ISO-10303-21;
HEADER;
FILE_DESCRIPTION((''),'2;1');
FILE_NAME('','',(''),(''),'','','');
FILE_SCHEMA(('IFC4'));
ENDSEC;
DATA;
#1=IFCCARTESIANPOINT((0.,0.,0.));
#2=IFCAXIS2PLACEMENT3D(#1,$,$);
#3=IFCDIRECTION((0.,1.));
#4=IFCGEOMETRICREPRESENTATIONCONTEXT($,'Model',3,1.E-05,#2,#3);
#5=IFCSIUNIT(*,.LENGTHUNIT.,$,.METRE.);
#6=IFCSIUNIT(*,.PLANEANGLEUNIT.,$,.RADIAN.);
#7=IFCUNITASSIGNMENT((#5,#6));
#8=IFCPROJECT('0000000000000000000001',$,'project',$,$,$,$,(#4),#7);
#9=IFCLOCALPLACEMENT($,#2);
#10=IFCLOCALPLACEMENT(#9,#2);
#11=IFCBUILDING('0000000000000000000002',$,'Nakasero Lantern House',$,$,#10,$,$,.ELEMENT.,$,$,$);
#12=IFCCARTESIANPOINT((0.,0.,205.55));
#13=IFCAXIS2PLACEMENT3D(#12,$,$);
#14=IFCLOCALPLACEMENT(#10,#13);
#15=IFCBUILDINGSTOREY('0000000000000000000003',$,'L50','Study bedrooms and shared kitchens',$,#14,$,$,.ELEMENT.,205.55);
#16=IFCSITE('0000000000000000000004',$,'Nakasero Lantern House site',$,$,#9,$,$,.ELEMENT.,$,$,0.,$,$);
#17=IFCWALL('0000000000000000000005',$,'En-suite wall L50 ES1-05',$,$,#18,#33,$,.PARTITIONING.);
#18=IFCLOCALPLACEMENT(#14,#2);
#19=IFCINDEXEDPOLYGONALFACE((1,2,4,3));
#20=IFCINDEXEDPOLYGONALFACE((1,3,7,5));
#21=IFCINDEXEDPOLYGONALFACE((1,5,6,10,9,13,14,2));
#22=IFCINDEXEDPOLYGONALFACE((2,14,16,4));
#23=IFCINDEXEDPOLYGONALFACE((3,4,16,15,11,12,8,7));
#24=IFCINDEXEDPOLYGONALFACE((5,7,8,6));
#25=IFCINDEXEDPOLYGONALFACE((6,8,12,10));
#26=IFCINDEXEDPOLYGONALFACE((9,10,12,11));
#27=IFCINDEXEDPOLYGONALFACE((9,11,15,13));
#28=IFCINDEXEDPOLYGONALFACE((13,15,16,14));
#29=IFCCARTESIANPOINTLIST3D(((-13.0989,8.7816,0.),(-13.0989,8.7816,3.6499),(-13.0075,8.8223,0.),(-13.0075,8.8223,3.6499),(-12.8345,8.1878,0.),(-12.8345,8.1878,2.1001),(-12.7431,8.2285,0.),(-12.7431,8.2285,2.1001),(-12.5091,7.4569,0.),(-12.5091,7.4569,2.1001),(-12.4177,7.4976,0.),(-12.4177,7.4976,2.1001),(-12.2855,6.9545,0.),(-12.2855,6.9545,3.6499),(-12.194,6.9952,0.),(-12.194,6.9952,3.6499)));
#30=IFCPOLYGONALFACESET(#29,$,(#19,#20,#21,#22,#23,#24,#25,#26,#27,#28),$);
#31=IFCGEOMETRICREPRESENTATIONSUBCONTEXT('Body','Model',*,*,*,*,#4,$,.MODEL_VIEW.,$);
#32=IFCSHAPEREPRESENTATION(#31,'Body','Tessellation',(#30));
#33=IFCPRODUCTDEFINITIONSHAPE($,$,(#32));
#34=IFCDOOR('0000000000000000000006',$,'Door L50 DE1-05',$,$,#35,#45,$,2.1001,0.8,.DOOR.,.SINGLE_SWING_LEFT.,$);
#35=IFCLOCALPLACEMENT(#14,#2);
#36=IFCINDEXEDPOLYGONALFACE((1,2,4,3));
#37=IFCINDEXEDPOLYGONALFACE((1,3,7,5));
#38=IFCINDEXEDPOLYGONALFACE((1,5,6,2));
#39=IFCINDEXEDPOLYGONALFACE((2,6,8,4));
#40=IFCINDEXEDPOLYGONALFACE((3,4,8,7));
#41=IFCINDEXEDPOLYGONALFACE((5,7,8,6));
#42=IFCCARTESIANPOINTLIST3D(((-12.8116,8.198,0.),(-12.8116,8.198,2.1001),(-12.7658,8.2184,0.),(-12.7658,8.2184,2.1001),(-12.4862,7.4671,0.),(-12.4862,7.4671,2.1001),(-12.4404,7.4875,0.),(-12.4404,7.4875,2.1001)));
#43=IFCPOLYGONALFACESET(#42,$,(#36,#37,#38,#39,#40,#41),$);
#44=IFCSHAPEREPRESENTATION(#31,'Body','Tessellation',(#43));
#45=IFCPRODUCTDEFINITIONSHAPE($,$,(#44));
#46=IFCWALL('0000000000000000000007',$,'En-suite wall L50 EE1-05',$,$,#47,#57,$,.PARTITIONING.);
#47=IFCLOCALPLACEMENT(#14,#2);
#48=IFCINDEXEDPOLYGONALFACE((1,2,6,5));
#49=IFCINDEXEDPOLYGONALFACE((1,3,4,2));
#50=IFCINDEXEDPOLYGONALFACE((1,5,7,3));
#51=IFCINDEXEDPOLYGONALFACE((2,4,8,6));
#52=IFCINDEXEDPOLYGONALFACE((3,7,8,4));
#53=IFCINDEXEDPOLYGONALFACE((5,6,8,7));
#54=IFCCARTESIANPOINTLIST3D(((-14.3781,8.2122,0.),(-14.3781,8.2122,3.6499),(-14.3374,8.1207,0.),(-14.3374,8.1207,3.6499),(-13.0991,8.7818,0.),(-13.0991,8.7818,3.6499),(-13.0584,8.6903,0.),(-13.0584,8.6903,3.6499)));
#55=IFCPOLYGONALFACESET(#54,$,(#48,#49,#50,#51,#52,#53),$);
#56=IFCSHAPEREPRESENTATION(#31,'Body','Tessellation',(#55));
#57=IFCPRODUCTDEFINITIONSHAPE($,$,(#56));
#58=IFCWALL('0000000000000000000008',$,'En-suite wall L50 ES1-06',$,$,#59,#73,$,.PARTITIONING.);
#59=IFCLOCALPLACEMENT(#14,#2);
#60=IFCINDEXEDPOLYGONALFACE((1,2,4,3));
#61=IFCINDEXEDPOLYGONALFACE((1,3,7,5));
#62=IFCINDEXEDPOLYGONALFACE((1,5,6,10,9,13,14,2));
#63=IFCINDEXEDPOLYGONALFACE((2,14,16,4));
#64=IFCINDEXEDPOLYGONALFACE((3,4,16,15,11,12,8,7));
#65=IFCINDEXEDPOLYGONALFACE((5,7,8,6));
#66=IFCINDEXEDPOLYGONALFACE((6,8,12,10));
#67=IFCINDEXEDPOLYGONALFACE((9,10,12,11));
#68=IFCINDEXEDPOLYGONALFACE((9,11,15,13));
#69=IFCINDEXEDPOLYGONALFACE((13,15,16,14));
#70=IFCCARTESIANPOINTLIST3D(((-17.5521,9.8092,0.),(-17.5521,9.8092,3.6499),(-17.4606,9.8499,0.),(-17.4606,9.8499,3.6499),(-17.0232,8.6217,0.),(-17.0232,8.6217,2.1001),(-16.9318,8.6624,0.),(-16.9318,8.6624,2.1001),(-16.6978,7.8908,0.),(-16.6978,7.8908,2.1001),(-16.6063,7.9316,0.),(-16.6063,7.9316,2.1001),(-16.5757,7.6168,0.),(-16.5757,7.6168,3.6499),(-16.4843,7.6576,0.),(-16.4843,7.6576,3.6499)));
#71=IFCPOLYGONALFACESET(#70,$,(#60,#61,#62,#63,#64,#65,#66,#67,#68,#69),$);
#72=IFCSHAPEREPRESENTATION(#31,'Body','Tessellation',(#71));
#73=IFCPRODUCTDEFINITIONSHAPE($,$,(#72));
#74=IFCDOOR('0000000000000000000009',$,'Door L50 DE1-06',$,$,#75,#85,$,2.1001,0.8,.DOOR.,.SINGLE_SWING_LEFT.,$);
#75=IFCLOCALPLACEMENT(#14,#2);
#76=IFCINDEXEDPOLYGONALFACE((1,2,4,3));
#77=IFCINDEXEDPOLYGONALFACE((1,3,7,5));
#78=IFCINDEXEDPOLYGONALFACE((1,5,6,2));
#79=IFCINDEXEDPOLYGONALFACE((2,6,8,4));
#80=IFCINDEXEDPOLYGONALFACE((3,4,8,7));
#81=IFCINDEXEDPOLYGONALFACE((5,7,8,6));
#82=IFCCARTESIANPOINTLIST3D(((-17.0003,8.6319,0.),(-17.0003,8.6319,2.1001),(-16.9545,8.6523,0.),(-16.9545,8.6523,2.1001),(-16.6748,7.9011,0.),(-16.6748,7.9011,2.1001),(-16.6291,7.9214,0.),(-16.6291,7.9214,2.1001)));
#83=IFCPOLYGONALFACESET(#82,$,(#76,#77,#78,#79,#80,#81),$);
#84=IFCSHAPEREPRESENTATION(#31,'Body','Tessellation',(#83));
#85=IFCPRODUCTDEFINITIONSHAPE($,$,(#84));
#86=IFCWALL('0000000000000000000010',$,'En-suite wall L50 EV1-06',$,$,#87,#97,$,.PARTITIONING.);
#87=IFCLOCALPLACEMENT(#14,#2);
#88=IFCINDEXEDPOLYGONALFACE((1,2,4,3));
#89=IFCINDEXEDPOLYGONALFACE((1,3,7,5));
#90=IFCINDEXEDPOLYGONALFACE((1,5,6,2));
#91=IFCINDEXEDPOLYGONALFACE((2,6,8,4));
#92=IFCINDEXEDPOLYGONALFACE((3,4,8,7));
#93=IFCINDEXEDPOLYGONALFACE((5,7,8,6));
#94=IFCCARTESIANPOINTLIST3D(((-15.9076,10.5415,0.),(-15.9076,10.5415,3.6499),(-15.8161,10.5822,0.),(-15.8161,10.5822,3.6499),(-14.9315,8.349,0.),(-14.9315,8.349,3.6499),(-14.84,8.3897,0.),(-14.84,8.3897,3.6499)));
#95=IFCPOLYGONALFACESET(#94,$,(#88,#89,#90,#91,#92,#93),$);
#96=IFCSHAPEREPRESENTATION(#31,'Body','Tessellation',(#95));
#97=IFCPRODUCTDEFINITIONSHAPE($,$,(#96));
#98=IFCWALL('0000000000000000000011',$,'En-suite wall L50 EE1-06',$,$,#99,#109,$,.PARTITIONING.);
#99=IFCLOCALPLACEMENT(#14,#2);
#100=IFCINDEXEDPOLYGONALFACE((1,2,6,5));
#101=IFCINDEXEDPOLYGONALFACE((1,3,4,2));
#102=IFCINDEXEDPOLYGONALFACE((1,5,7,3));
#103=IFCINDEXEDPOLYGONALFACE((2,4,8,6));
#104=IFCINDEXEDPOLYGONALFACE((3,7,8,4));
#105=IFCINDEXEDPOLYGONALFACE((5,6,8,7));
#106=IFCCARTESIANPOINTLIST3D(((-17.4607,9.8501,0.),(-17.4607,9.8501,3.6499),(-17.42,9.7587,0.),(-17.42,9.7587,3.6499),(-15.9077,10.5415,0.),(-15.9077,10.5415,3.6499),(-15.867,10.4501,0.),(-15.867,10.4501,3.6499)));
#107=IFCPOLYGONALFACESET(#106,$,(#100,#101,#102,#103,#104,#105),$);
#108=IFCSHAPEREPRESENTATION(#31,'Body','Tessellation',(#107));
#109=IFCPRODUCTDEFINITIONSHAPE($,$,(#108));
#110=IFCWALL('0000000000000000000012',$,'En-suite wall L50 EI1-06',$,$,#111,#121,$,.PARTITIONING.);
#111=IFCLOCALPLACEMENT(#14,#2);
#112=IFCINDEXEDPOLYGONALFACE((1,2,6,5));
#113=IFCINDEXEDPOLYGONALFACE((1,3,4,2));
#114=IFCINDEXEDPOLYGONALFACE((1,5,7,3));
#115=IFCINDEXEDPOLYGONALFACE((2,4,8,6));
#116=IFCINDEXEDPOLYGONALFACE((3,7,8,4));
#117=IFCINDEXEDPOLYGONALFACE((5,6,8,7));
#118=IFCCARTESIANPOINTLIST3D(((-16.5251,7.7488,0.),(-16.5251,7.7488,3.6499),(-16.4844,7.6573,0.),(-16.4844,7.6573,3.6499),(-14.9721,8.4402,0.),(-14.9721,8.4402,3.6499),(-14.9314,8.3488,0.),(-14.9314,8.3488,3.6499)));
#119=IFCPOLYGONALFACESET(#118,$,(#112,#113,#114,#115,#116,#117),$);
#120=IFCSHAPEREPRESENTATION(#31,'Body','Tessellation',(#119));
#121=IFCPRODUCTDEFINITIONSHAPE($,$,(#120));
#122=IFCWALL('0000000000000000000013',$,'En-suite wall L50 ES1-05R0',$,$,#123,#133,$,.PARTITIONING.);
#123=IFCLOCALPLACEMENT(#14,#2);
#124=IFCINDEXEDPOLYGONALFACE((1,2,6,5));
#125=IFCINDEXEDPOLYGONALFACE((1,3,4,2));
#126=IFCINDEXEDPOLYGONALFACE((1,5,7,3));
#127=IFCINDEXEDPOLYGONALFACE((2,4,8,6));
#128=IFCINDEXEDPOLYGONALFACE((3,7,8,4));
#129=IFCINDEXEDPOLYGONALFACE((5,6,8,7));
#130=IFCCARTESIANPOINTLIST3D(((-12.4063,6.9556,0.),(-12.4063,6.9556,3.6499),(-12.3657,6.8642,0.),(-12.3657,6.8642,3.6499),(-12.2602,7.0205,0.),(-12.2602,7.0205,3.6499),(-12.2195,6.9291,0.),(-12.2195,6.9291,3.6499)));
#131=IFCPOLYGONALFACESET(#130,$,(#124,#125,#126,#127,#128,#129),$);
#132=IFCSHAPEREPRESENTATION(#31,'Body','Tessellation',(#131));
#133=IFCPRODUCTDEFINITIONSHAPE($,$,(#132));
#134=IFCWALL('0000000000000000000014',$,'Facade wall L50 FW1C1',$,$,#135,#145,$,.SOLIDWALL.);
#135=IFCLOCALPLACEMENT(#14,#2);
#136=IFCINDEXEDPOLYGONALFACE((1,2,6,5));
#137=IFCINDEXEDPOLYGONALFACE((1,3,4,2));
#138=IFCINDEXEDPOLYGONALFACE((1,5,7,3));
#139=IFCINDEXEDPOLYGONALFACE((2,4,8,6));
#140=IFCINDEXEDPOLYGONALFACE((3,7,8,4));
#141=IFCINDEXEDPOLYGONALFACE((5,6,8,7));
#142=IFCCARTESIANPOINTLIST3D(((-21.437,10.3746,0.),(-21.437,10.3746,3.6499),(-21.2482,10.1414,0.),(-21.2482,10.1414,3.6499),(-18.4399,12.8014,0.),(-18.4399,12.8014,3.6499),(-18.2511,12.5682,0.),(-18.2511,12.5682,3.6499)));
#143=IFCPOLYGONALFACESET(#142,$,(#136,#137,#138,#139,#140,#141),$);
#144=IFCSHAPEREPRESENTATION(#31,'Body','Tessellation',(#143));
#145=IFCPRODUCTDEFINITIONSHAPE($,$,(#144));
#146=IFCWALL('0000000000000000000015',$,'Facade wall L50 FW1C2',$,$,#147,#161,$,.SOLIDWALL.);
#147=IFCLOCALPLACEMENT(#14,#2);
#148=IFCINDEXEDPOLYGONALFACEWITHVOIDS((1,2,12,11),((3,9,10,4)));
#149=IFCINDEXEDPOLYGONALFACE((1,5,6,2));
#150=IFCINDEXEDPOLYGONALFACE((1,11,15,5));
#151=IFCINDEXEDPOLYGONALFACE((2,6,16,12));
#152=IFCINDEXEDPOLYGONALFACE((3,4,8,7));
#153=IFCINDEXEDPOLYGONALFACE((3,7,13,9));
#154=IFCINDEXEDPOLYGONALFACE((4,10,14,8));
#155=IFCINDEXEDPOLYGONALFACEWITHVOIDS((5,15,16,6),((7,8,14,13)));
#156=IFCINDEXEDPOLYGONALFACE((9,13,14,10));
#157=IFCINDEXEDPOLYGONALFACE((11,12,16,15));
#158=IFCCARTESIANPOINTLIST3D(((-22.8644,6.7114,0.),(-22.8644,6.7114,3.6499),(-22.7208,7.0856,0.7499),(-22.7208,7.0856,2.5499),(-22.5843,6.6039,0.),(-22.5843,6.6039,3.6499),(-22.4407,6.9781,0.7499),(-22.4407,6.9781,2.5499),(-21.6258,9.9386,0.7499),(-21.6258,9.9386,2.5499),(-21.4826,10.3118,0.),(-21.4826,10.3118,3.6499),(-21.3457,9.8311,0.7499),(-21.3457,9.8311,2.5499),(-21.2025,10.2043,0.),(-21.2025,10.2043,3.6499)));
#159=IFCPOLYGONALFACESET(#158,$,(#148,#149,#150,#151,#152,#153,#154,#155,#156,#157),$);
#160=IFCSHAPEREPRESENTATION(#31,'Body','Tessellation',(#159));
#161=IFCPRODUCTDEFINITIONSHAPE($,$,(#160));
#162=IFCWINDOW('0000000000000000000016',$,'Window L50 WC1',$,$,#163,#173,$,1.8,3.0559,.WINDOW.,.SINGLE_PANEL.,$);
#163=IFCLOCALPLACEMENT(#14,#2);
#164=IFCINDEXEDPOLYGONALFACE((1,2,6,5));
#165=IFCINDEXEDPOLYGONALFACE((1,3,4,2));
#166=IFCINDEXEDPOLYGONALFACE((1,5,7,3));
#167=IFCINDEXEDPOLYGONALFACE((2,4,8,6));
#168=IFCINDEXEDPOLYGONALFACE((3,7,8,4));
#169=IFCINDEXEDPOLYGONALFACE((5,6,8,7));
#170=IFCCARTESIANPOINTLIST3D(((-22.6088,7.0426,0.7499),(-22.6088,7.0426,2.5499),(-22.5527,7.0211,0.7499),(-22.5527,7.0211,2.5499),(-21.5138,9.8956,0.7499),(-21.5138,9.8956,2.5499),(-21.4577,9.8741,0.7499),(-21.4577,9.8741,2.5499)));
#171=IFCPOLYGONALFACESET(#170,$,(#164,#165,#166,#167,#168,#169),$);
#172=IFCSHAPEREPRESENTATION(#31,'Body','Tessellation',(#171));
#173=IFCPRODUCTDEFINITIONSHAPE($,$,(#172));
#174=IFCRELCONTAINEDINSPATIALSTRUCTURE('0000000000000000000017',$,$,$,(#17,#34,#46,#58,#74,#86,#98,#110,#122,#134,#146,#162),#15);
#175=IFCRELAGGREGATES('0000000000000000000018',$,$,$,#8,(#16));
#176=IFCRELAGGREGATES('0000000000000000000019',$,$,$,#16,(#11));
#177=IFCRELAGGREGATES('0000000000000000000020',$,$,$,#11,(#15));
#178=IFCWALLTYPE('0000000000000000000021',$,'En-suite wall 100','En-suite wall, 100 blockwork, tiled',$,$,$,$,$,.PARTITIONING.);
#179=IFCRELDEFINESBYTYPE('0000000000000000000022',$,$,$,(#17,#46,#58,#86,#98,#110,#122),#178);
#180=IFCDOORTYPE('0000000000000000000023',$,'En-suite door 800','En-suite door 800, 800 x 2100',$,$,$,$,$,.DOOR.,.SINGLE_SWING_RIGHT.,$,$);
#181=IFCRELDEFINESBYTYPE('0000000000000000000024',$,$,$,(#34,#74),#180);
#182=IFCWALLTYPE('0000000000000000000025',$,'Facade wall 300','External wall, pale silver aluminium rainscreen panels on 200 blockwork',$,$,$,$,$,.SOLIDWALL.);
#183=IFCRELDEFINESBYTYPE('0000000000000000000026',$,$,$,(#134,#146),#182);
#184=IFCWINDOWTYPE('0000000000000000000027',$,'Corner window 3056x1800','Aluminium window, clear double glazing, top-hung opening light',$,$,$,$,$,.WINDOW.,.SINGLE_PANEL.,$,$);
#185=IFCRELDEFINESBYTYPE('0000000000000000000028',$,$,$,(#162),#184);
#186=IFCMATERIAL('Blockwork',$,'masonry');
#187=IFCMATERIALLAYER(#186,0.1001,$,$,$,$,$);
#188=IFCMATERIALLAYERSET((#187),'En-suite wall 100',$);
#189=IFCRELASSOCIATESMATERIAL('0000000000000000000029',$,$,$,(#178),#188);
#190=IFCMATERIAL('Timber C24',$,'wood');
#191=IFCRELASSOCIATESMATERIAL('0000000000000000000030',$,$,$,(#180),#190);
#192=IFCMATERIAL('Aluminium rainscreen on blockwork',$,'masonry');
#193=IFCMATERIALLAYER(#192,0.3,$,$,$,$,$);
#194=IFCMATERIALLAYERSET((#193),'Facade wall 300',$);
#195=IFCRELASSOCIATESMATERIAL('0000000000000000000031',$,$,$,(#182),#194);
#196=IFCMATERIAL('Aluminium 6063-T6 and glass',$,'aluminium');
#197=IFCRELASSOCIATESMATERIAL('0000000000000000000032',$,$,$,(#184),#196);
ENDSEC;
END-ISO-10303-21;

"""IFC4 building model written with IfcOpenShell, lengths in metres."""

from ifc_helpers import new_model, si_unit, direction, frame, frame_2d, origin, place, context, subcontext, project, spatial, rectangle, extrude, material, layer, layer_set, type_object, element, fill, save


model = new_model("IFC4")

# Units and contexts
model_context = context("Model", 3, precision=1e-05, world=origin(), true_north=direction((0.0, 1.0)))
body_context = subcontext(model_context, "Body", "Model", "MODEL_VIEW")
ifc_project = project(units=[si_unit("LENGTHUNIT", "METRE"), si_unit("PLANEANGLEUNIT", "RADIAN")], contexts=[model_context])

# Site, building, storey
site_placement = place(None, origin())
site = spatial("IfcSite", under=ifc_project, at=site_placement, Name="Nakasero Lantern House site", CompositionType="ELEMENT", RefElevation=0.0)
building_placement = place(site_placement, origin())
building = spatial("IfcBuilding", under=site, at=building_placement, Name="Nakasero Lantern House", CompositionType="ELEMENT")
storey_placement = place(building_placement, frame((0.0, 0.0, 205.55)))
storey = spatial("IfcBuildingStorey", under=building, at=storey_placement, Name="L50", Description="Study bedrooms and shared kitchens", CompositionType="ELEMENT", Elevation=205.55)

# Wall, opening, door
ifc_material_1 = material(Name="Blockwork", Category="masonry")
ifc_layer_1 = layer(ifc_material_1, 0.1001)
ifc_layer_set_1 = layer_set([ifc_layer_1], Name="En-suite wall 100")
wall_type_1 = type_object("IfcWallType", Name="En-suite wall 100", Description="En-suite wall, 100 blockwork, tiled", PredefinedType="PARTITIONING", material=ifc_layer_set_1)
wall_1_placement = place(storey_placement, frame((-12.2397, 6.9749, 0.0), z_axis=(0.0, 0.0, 1.0), x_axis=(-0.406727, 0.91355, 0.0)))
wall_1 = element("IfcWall", 1, at=wall_1_placement, inside=storey, type_object=wall_type_1, Name="En-suite wall L50 ES1-05", PredefinedType="PARTITIONING", context=body_context, shape_type="SweptSolid", body=[
    extrude(rectangle(XDim=2.0, YDim=0.1001, at=frame_2d((1.0, 0.0))), origin(), (0.0, 0.0, 1.0), 3.6499),
])
opening_1_placement = place(wall_1_placement, frame((0.55, 0.0, 0.0)))
opening_1 = element("IfcOpeningElement", 2, at=opening_1_placement, cuts=wall_1, PredefinedType="OPENING", context=body_context, shape_type="SweptSolid", body=[
    extrude(rectangle(XDim=0.8, YDim=2.1001, at=frame_2d((0.3999, 1.05))), frame((0.0, 0.0701, 0.0), z_axis=(0.0, -1.0, 0.0), x_axis=(1.0, 0.0, 0.0)), (0.0, 0.0, 1.0), 0.1401),
])
ifc_material_2 = material(Name="Timber C24", Category="wood")
door_type = type_object("IfcDoorType", Name="En-suite door 800", Description="En-suite door 800, 800 x 2100", OperationType="SINGLE_SWING_RIGHT", PredefinedType="DOOR", material=ifc_material_2)
door_1_placement = place(opening_1_placement, origin())
door_1 = element("IfcDoor", 3, at=door_1_placement, inside=storey, type_object=door_type, Name="Door L50 DE1-05", OperationType="SINGLE_SWING_LEFT", OverallHeight=2.1001, OverallWidth=0.8, PredefinedType="DOOR", context=body_context, shape_type="SweptSolid", body=[
    extrude(rectangle(XDim=0.8, YDim=2.1001, at=frame_2d((0.3999, 1.05))), frame((0.0, 0.0249, 0.0), z_axis=(0.0, -1.0, 0.0), x_axis=(1.0, 0.0, 0.0)), (0.0, 0.0, 1.0), 0.05),
])
fill(opening_1, door_1)

# Wall
wall_2_placement = place(storey_placement, frame((-13.0786, 8.7361, 0.0), z_axis=(0.0, 0.0, 1.0), x_axis=(-0.913516, -0.406802, 0.0)))
element("IfcWall", 4, at=wall_2_placement, inside=storey, type_object=wall_type_1, Name="En-suite wall L50 EE1-05", PredefinedType="PARTITIONING", context=body_context, shape_type="SweptSolid", body=[
    extrude(rectangle(XDim=1.4001, YDim=0.1001, at=frame_2d((0.7002, 0.0))), origin(), (0.0, 0.0, 1.0), 3.6499),
])

# Wall, opening, door
wall_3_placement = place(storey_placement, frame((-16.53, 7.6372, 0.0), z_axis=(0.0, 0.0, 1.0), x_axis=(-0.406809, 0.913513, 0.0)))
wall_3 = element("IfcWall", 5, at=wall_3_placement, inside=storey, type_object=wall_type_1, Name="En-suite wall L50 ES1-06", PredefinedType="PARTITIONING", context=body_context, shape_type="SweptSolid", body=[
    extrude(rectangle(XDim=2.3999, YDim=0.1001, at=frame_2d((1.2, 0.0))), origin(), (0.0, 0.0, 1.0), 3.6499),
])
opening_2_placement = place(wall_3_placement, frame((0.3, 0.0, 0.0)))
opening_2 = element("IfcOpeningElement", 6, at=opening_2_placement, cuts=wall_3, PredefinedType="OPENING", context=body_context, shape_type="SweptSolid", body=[
    extrude(rectangle(XDim=0.8, YDim=2.1001, at=frame_2d((0.3999, 1.05))), frame((0.0, 0.0701, 0.0), z_axis=(0.0, -1.0, 0.0), x_axis=(1.0, 0.0, 0.0)), (0.0, 0.0, 1.0), 0.1401),
])
door_2_placement = place(opening_2_placement, origin())
door_2 = element("IfcDoor", 7, at=door_2_placement, inside=storey, type_object=door_type, Name="Door L50 DE1-06", OperationType="SINGLE_SWING_LEFT", OverallHeight=2.1001, OverallWidth=0.8, PredefinedType="DOOR", context=body_context, shape_type="SweptSolid", body=[
    extrude(rectangle(XDim=0.8, YDim=2.1001, at=frame_2d((0.3999, 1.05))), frame((0.0, 0.0249, 0.0), z_axis=(0.0, -1.0, 0.0), x_axis=(1.0, 0.0, 0.0)), (0.0, 0.0, 1.0), 0.05),
])
fill(opening_2, door_2)

# Walls
wall_4_placement = place(storey_placement, frame((-14.8857, 8.3694, 0.0), z_axis=(0.0, 0.0, 1.0), x_axis=(-0.406724, 0.913551, 0.0)))
element("IfcWall", 8, at=wall_4_placement, inside=storey, type_object=wall_type_1, Name="En-suite wall L50 EV1-06", PredefinedType="PARTITIONING", context=body_context, shape_type="SweptSolid", body=[
    extrude(rectangle(XDim=2.3999, YDim=0.1001, at=frame_2d((1.2, 0.0))), origin(), (0.0, 0.0, 1.0), 3.6499),
])
for number, where, z_axis, x_axis, name in (
    (9, (-15.8872, 10.4958, 0.0), (0.0, 0.0, 1.0), (-0.913551, -0.406725, 0.0), "En-suite wall L50 EE1-06"),
    (10, (-14.9517, 8.3945, 0.0), (0.0, 0.0, 1.0), (-0.913551, -0.406725, 0.0), "En-suite wall L50 EI1-06"),
):
    element("IfcWall", number, at=place(storey_placement, frame(where, z_axis=z_axis, x_axis=x_axis)), inside=storey, type_object=wall_type_1, Name=name, PredefinedType="PARTITIONING", context=body_context, shape_type="SweptSolid", body=[
        extrude(rectangle(XDim=1.7, YDim=0.1001, at=frame_2d((0.8501, 0.0))), origin(), (0.0, 0.0, 1.0), 3.6499),
    ])
wall_5_placement = place(storey_placement, frame((-12.2397, 6.9749, 0.0), z_axis=(0.0, 0.0, 1.0), x_axis=(-0.913937, -0.405855, 0.0)))
element("IfcWall", 11, at=wall_5_placement, inside=storey, type_object=wall_type_1, Name="En-suite wall L50 ES1-05R0", PredefinedType="PARTITIONING", context=body_context, shape_type="SweptSolid", body=[
    extrude(rectangle(XDim=0.1599, YDim=0.1001, at=frame_2d((0.0801, 0.0))), origin(), (0.0, 0.0, 1.0), 3.6499),
])
ifc_material_3 = material(Name="Aluminium rainscreen on blockwork", Category="masonry")
ifc_layer_2 = layer(ifc_material_3, 0.3)
ifc_layer_set_2 = layer_set([ifc_layer_2], Name="Facade wall 300")
wall_type_2 = type_object("IfcWallType", Name="Facade wall 300", Description="External wall, pale silver aluminium rainscreen panels on 200 blockwork", PredefinedType="SOLIDWALL", material=ifc_layer_set_2)
wall_6_placement = place(storey_placement, frame((-18.3455, 12.6848, 0.0), z_axis=(0.0, 0.0, 1.0), x_axis=(-0.777174, -0.629286, 0.0)))
element("IfcWall", 12, at=wall_6_placement, inside=storey, type_object=wall_type_2, Name="Facade wall L50 FW1C1", PredefinedType="SOLIDWALL", context=body_context, shape_type="SweptSolid", body=[
    extrude(rectangle(XDim=3.8564, YDim=0.3, at=frame_2d((1.9282, 0.0))), origin(), (0.0, 0.0, 1.0), 3.6499),
])

# Wall, opening, window
wall_7_placement = place(storey_placement, frame((-21.3425, 10.2581, 0.0), z_axis=(0.0, 0.0, 1.0), x_axis=(-0.358321, -0.933598, 0.0)))
wall_7 = element("IfcWall", 13, at=wall_7_placement, inside=storey, type_object=wall_type_2, Name="Facade wall L50 FW1C2", PredefinedType="SOLIDWALL", context=body_context, shape_type="SweptSolid", body=[
    extrude(rectangle(XDim=3.8564, YDim=0.3, at=frame_2d((1.9282, 0.0))), origin(), (0.0, 0.0, 1.0), 3.6499),
])
opening_3_placement = place(wall_7_placement, frame((0.3999, 0.0, 0.75)))
opening_3 = element("IfcOpeningElement", 14, at=opening_3_placement, cuts=wall_7, PredefinedType="OPENING", context=body_context, shape_type="SweptSolid", body=[
    extrude(rectangle(XDim=3.0559, YDim=1.8, at=frame_2d((1.5278, 0.8999))), frame((0.0, 0.1699, 0.0), z_axis=(0.0, -1.0, 0.0), x_axis=(1.0, 0.0, 0.0)), (0.0, 0.0, 1.0), 0.3401),
])
ifc_material_4 = material(Name="Aluminium 6063-T6 and glass", Category="aluminium")
window_type = type_object("IfcWindowType", Name="Corner window 3056x1800", Description="Aluminium window, clear double glazing, top-hung opening light", PartitioningType="SINGLE_PANEL", PredefinedType="WINDOW", material=ifc_material_4)
window_placement = place(opening_3_placement, origin())
window = element("IfcWindow", 15, at=window_placement, inside=storey, type_object=window_type, Name="Window L50 WC1", OverallHeight=1.8, OverallWidth=3.0559, PartitioningType="SINGLE_PANEL", PredefinedType="WINDOW", context=body_context, shape_type="SweptSolid", body=[
    extrude(rectangle(XDim=3.0559, YDim=1.8, at=frame_2d((1.5278, 0.8999))), frame((0.0, 0.03, 0.0), z_axis=(0.0, -1.0, 0.0), x_axis=(1.0, 0.0, 0.0)), (0.0, 0.0, 1.0), 0.0601),
])
fill(opening_3, window)

save(model, "model.ifc")
